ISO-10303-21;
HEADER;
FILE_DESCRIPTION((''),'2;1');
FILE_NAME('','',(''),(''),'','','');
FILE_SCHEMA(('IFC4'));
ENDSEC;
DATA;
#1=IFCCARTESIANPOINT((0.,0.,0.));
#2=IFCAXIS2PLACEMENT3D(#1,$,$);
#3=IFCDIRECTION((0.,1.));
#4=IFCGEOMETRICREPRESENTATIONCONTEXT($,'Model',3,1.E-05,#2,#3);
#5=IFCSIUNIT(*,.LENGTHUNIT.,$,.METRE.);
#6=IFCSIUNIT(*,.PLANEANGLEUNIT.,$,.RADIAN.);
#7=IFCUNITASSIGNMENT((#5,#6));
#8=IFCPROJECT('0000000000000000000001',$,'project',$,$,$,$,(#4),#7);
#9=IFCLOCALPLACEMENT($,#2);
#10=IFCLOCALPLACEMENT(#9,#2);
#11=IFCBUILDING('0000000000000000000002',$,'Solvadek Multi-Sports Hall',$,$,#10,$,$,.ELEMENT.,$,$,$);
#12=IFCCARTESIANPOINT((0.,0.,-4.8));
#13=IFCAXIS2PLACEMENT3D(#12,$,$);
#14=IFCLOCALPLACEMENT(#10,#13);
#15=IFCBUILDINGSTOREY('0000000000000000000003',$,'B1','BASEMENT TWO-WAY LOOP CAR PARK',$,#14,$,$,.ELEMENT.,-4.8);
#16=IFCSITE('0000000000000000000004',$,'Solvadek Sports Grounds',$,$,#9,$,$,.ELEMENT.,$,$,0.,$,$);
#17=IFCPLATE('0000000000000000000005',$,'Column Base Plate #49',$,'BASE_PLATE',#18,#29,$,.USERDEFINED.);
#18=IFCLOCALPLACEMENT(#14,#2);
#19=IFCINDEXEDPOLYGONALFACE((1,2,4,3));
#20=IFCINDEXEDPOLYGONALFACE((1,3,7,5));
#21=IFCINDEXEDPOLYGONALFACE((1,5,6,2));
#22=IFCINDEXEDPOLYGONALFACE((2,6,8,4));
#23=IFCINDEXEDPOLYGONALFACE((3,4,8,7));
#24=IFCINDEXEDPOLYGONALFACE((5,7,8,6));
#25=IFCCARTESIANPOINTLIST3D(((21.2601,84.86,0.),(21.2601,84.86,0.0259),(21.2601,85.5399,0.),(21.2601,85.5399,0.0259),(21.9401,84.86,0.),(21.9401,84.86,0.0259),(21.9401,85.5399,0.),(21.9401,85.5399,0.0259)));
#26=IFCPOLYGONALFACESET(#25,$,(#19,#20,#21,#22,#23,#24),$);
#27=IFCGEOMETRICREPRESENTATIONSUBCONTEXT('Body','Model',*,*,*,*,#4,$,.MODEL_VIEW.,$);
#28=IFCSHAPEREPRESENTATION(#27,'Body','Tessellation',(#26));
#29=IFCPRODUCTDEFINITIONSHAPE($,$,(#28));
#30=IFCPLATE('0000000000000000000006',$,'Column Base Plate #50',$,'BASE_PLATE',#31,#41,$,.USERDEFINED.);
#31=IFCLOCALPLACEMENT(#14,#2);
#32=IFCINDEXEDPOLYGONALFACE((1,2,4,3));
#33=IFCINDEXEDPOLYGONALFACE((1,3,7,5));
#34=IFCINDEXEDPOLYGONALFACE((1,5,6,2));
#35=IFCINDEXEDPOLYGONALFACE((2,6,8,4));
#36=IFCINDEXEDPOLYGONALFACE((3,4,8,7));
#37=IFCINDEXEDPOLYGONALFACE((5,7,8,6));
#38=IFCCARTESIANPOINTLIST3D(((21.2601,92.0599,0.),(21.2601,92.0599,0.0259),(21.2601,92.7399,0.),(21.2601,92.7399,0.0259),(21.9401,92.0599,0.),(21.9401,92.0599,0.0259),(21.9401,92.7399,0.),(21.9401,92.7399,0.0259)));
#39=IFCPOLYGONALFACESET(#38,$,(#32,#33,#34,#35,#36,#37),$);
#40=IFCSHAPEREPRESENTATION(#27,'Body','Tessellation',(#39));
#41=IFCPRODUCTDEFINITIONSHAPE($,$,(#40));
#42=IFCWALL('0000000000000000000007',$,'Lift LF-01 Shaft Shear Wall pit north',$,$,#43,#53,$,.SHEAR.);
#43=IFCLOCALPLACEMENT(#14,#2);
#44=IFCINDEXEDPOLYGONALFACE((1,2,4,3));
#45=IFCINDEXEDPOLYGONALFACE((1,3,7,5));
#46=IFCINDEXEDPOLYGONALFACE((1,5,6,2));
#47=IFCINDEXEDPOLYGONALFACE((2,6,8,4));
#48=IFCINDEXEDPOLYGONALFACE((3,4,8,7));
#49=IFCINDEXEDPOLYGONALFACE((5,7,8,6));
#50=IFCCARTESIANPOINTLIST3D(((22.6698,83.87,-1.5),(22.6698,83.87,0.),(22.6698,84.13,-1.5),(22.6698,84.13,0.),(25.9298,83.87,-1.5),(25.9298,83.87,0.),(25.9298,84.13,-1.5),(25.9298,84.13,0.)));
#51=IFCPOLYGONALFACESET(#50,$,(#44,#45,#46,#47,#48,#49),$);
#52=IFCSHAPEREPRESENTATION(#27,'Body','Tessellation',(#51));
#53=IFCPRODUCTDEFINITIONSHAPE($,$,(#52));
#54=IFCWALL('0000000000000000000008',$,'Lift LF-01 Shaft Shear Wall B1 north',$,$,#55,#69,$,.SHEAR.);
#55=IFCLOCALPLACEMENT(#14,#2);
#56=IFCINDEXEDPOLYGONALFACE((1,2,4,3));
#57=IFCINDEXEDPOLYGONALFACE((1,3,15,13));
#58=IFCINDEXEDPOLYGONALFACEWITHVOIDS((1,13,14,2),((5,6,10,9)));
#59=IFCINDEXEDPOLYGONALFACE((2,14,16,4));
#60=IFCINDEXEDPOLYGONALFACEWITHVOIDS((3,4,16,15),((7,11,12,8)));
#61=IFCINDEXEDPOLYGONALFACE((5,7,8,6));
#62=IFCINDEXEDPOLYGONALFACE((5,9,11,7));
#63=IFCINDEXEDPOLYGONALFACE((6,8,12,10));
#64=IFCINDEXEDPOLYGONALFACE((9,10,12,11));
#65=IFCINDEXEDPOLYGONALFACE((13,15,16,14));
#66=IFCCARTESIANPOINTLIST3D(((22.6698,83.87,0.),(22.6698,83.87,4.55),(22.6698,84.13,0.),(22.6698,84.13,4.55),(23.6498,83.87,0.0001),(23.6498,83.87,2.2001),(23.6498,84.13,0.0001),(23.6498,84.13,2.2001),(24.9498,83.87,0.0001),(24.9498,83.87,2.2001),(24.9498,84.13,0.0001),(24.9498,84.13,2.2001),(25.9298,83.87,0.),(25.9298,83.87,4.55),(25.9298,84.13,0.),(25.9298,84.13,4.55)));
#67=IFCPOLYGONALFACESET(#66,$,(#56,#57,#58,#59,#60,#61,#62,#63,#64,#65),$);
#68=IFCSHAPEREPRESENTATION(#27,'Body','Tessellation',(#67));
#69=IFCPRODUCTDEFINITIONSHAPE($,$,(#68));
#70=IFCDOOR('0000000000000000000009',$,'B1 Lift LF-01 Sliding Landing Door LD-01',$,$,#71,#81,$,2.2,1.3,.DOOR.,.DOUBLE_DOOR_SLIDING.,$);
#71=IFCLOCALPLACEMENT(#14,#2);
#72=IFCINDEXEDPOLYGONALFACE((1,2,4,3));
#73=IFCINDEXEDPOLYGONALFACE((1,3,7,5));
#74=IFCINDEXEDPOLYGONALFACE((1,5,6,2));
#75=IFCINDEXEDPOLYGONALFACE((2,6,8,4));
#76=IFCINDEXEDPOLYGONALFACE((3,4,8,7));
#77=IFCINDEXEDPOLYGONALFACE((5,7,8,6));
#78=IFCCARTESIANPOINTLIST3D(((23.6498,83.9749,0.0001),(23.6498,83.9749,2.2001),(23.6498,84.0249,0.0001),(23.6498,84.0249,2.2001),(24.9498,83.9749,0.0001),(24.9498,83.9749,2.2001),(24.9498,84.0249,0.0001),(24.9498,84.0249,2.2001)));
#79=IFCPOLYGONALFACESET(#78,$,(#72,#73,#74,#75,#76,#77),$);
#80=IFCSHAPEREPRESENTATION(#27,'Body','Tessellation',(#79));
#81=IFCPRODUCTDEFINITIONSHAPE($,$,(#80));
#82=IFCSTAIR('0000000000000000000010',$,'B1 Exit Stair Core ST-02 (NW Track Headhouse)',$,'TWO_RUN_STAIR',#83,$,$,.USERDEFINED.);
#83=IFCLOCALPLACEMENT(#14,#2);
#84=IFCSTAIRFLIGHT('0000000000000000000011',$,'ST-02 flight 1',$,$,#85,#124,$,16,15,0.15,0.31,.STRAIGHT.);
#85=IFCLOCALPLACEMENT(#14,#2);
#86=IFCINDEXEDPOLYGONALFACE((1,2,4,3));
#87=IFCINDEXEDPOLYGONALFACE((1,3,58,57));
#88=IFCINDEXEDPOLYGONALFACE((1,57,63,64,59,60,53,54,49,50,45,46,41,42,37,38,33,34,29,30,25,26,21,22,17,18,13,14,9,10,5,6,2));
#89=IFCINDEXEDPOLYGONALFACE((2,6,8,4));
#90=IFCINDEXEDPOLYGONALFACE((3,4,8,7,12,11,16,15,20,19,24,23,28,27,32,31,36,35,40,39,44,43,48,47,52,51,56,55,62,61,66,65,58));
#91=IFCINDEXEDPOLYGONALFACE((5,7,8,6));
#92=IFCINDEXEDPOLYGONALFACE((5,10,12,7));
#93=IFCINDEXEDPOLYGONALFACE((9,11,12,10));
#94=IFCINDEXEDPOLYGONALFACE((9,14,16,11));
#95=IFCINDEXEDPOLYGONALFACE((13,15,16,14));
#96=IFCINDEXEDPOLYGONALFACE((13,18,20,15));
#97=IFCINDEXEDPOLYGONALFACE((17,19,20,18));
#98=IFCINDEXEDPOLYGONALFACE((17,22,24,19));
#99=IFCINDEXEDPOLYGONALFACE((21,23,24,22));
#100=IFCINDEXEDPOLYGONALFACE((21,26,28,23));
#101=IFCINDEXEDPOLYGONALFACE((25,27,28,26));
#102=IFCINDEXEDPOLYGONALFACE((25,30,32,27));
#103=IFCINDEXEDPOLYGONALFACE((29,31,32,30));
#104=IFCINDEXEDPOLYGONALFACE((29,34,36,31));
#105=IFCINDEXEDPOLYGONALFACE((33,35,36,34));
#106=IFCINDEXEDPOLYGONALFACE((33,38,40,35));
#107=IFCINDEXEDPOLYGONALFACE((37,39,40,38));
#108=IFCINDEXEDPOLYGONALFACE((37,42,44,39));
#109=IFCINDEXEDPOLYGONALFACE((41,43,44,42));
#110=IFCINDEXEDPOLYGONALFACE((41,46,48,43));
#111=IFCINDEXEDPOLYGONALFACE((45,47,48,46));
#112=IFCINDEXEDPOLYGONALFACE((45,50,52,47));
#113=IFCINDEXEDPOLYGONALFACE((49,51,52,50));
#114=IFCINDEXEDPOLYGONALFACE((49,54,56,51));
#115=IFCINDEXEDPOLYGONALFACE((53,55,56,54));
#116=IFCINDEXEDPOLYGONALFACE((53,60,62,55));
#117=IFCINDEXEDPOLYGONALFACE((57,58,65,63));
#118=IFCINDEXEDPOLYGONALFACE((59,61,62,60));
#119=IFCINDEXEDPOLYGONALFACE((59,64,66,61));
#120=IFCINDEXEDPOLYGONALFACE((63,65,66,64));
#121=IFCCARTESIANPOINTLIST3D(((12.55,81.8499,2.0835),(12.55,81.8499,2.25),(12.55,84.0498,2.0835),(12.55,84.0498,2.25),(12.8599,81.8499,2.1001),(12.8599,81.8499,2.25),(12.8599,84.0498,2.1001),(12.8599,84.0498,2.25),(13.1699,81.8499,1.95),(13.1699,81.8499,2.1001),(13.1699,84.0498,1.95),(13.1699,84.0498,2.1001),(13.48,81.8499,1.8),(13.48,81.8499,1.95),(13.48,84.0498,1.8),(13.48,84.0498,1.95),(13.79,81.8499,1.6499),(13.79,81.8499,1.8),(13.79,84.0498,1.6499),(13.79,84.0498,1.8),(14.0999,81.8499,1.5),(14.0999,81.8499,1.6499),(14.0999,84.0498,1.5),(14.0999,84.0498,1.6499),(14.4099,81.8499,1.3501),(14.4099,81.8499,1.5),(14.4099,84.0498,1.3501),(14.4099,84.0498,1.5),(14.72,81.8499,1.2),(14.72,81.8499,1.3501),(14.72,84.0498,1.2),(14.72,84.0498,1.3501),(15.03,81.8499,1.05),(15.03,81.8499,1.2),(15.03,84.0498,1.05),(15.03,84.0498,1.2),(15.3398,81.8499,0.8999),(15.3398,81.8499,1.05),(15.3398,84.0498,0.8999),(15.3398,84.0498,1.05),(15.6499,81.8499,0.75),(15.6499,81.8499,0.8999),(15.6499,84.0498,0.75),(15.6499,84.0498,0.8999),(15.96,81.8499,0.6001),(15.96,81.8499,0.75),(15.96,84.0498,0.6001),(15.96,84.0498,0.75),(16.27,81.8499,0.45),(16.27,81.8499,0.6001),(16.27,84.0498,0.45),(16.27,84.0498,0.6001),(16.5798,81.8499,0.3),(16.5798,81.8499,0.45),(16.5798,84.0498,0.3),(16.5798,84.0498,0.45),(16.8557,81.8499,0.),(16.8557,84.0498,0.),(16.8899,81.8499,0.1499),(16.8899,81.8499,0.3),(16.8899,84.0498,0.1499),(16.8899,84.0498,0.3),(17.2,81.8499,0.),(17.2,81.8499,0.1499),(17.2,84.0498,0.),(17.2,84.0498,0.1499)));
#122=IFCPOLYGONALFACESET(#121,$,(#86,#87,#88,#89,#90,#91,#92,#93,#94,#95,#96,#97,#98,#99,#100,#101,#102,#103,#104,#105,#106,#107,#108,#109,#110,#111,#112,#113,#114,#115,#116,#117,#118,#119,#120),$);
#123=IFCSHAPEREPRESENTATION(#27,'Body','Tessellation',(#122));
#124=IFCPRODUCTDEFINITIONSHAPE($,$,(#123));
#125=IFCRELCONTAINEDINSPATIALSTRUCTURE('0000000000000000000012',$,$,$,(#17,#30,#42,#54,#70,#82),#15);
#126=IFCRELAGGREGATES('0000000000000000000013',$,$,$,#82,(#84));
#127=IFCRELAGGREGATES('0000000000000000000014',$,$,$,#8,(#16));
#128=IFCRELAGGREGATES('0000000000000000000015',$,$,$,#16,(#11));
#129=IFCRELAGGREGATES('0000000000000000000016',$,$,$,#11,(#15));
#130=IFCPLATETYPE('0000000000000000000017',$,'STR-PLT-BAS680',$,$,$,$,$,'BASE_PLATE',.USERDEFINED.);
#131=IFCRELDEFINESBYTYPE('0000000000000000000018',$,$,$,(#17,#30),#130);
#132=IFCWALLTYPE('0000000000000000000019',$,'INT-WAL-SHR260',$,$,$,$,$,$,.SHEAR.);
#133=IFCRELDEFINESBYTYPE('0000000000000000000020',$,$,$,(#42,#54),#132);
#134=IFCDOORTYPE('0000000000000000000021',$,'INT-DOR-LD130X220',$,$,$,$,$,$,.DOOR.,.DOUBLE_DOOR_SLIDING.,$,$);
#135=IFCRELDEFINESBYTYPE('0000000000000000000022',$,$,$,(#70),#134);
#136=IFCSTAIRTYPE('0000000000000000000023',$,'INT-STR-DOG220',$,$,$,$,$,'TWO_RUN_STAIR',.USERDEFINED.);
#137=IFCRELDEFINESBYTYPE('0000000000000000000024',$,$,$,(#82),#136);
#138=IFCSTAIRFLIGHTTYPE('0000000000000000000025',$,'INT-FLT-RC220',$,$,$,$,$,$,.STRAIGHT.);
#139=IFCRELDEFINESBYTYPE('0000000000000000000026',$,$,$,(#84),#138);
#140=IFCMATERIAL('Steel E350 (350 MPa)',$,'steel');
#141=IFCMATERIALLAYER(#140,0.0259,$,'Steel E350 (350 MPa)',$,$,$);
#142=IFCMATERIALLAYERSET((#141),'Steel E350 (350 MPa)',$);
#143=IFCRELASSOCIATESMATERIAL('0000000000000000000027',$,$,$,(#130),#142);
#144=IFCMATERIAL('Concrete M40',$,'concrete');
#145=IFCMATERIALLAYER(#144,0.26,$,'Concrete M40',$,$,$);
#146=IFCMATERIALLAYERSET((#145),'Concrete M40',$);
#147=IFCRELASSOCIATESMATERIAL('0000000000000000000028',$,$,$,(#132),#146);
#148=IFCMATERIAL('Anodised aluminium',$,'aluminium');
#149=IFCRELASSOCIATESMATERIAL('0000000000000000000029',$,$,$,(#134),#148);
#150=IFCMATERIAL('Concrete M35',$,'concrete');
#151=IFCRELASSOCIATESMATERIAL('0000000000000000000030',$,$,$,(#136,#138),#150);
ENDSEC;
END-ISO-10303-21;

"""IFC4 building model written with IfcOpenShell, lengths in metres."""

from ifc_helpers import new_model, si_unit, direction, frame, frame_2d, origin, origin_2d, place, context, subcontext, project, spatial, polyline, rectangle, outline, extrude, material, layer, layer_set, type_object, element, fill, aggregate, save


model = new_model("IFC4")

# Units and contexts
model_context = context("Model", 3, precision=1e-05, world=origin(), true_north=direction((0.0, 1.0)))
body_context = subcontext(model_context, "Body", "Model", "MODEL_VIEW")
ifc_project = project(units=[si_unit("LENGTHUNIT", "METRE"), si_unit("PLANEANGLEUNIT", "RADIAN")], contexts=[model_context])

# Site, building, storey
site_placement = place(None, origin())
site = spatial("IfcSite", under=ifc_project, at=site_placement, Name="Solvadek Sports Grounds", CompositionType="ELEMENT", RefElevation=0.0)
building_placement = place(site_placement, origin())
building = spatial("IfcBuilding", under=site, at=building_placement, Name="Solvadek Multi-Sports Hall", CompositionType="ELEMENT")
storey_placement = place(building_placement, frame((0.0, 0.0, -4.8)))
storey = spatial("IfcBuildingStorey", under=building, at=storey_placement, Name="B1", Description="BASEMENT TWO-WAY LOOP CAR PARK", CompositionType="ELEMENT", Elevation=-4.8)

# Shared definitions
ifc_material_1 = material(Name="Concrete M40", Category="concrete")

# Shared definitions
ifc_material_2 = material(Name="Concrete M35", Category="concrete")

# Shared definitions
ifc_material_3 = material(Name="Steel E350 (350 MPa)", Category="steel")

# Plates
ifc_layer_1 = layer(ifc_material_3, 0.0259, Name="Steel E350 (350 MPa)")
ifc_layer_set_1 = layer_set([ifc_layer_1], Name="Steel E350 (350 MPa)")
plate_type = type_object("IfcPlateType", Name="STR-PLT-BAS680", ElementType="BASE_PLATE", PredefinedType="USERDEFINED", material=ifc_layer_set_1)
for number, where, z_axis, x_axis, name in (
    (1, (21.6001, 85.2, 0.0), (0.0, 0.0, 1.0), (1.0, 0.0, 0.0), "Column Base Plate #49"),
    (2, (21.6001, 92.3999, 0.0), (0.0, 0.0, 1.0), (1.0, 0.0, 0.0), "Column Base Plate #50"),
):
    element("IfcPlate", number, at=place(storey_placement, frame(where, z_axis=z_axis, x_axis=x_axis)), inside=storey, type_object=plate_type, Name=name, ObjectType="BASE_PLATE", PredefinedType="USERDEFINED", context=body_context, shape_type="SweptSolid", body=[
        extrude(rectangle(XDim=0.6799, YDim=0.6799, at=origin_2d()), origin(), (0.0, 0.0, 1.0), 0.0259),
    ])

# Wall
ifc_layer_2 = layer(ifc_material_1, 0.26, Name="Concrete M40")
ifc_layer_set_2 = layer_set([ifc_layer_2], Name="Concrete M40")
wall_type = type_object("IfcWallType", Name="INT-WAL-SHR260", PredefinedType="SHEAR", material=ifc_layer_set_2)
wall_1_placement = place(storey_placement, frame((22.6699, 84.0, -1.5), z_axis=(0.0, 0.0, 1.0), x_axis=(1.0, 0.0, 0.0)))
element("IfcWall", 3, at=wall_1_placement, inside=storey, type_object=wall_type, Name="Lift LF-01 Shaft Shear Wall pit north", PredefinedType="SHEAR", context=body_context, shape_type="SweptSolid", body=[
    extrude(rectangle(XDim=3.26, YDim=0.26, at=frame_2d((1.6299, 0.0))), origin(), (0.0, 0.0, 1.0), 1.5),
])

# Wall, opening, door
wall_2_placement = place(storey_placement, frame((22.6699, 84.0, 0.0), z_axis=(0.0, 0.0, 1.0), x_axis=(1.0, 0.0, 0.0)))
wall_2 = element("IfcWall", 4, at=wall_2_placement, inside=storey, type_object=wall_type, Name="Lift LF-01 Shaft Shear Wall B1 north", PredefinedType="SHEAR", context=body_context, shape_type="SweptSolid", body=[
    extrude(rectangle(XDim=3.26, YDim=0.26, at=frame_2d((1.6299, 0.0))), origin(), (0.0, 0.0, 1.0), 4.55),
])
opening_placement = place(wall_2_placement, frame((0.98, 0.0, 0.0)))
opening = element("IfcOpeningElement", 5, at=opening_placement, cuts=wall_2, PredefinedType="OPENING", context=body_context, shape_type="SweptSolid", body=[
    extrude(rectangle(XDim=1.3, YDim=2.2, at=frame_2d((0.6499, 1.1001))), frame((0.0, 0.1399, 0.0), z_axis=(0.0, -1.0, 0.0), x_axis=(1.0, 0.0, 0.0)), (0.0, 0.0, 1.0), 0.28),
])
ifc_material_4 = material(Name="Anodised aluminium", Category="aluminium")
door_type = type_object("IfcDoorType", Name="INT-DOR-LD130X220", OperationType="DOUBLE_DOOR_SLIDING", PredefinedType="DOOR", material=ifc_material_4)
door_placement = place(opening_placement, origin())
door = element("IfcDoor", 6, at=door_placement, inside=storey, type_object=door_type, Name="B1 Lift LF-01 Sliding Landing Door LD-01", OperationType="DOUBLE_DOOR_SLIDING", OverallHeight=2.2, OverallWidth=1.3, PredefinedType="DOOR", context=body_context, shape_type="SweptSolid", body=[
    extrude(rectangle(XDim=1.3, YDim=2.2, at=frame_2d((0.6499, 1.1001))), frame((0.0, 0.0249, 0.0), z_axis=(0.0, -1.0, 0.0), x_axis=(1.0, 0.0, 0.0)), (0.0, 0.0, 1.0), 0.05),
])
fill(opening, door)

# Stair, stair flight
stair_type = type_object("IfcStairType", Name="INT-STR-DOG220", ElementType="TWO_RUN_STAIR", PredefinedType="USERDEFINED", material=ifc_material_2)
stair_placement = place(storey_placement, origin())
stair = element("IfcStair", 7, at=stair_placement, inside=storey, type_object=stair_type, Name="B1 Exit Stair Core ST-02 (NW Track Headhouse)", ObjectType="TWO_RUN_STAIR", PredefinedType="USERDEFINED")
stair_flight_type = type_object("IfcStairFlightType", Name="INT-FLT-RC220", PredefinedType="STRAIGHT", material=ifc_material_2)
stair_flight_placement = place(storey_placement, frame((17.2, 82.95, 0.0), z_axis=(0.0, 0.0, 1.0), x_axis=(-1.0, 0.0, 0.0)))
stair_flight = element("IfcStairFlight", 8, at=stair_flight_placement, type_object=stair_flight_type, Name="ST-02 flight 1", NumberOfRisers=16, NumberOfTreads=15, PredefinedType="STRAIGHT", RiserHeight=0.15, TreadLength=0.31, context=body_context, shape_type="SweptSolid", body=[
    extrude(outline(polyline([(0.0, 0.0), (0.0, 0.1499), (0.3101, 0.1499), (0.3101, 0.3), (0.6201, 0.3), (0.6201, 0.45), (0.9299, 0.45), (0.9299, 0.6001), (1.24, 0.6001), (1.24, 0.75), (1.55, 0.75), (1.55, 0.8999), (1.8601, 0.8999), (1.8601, 1.05), (2.1699, 1.05), (2.1699, 1.2), (2.48, 1.2), (2.48, 1.3501), (2.79, 1.3501), (2.79, 1.5), (3.1001, 1.5), (3.1001, 1.6499), (3.4099, 1.6499), (3.4099, 1.8), (3.72, 1.8), (3.72, 1.95), (4.03, 1.95), (4.03, 2.1001), (4.3401, 2.1001), (4.3401, 2.25), (4.6499, 2.25), (4.6499, 2.3999), (4.6499, 2.0835), (0.3442, 0.0), (0.0, 0.0)])), frame((0.0, 1.1001, 0.0), z_axis=(0.0, -1.0, 0.0), x_axis=(1.0, 0.0, 0.0)), (0.0, 0.0, 1.0), 2.2),
])
aggregate(stair, [stair_flight])

save(model, "model.ifc")
